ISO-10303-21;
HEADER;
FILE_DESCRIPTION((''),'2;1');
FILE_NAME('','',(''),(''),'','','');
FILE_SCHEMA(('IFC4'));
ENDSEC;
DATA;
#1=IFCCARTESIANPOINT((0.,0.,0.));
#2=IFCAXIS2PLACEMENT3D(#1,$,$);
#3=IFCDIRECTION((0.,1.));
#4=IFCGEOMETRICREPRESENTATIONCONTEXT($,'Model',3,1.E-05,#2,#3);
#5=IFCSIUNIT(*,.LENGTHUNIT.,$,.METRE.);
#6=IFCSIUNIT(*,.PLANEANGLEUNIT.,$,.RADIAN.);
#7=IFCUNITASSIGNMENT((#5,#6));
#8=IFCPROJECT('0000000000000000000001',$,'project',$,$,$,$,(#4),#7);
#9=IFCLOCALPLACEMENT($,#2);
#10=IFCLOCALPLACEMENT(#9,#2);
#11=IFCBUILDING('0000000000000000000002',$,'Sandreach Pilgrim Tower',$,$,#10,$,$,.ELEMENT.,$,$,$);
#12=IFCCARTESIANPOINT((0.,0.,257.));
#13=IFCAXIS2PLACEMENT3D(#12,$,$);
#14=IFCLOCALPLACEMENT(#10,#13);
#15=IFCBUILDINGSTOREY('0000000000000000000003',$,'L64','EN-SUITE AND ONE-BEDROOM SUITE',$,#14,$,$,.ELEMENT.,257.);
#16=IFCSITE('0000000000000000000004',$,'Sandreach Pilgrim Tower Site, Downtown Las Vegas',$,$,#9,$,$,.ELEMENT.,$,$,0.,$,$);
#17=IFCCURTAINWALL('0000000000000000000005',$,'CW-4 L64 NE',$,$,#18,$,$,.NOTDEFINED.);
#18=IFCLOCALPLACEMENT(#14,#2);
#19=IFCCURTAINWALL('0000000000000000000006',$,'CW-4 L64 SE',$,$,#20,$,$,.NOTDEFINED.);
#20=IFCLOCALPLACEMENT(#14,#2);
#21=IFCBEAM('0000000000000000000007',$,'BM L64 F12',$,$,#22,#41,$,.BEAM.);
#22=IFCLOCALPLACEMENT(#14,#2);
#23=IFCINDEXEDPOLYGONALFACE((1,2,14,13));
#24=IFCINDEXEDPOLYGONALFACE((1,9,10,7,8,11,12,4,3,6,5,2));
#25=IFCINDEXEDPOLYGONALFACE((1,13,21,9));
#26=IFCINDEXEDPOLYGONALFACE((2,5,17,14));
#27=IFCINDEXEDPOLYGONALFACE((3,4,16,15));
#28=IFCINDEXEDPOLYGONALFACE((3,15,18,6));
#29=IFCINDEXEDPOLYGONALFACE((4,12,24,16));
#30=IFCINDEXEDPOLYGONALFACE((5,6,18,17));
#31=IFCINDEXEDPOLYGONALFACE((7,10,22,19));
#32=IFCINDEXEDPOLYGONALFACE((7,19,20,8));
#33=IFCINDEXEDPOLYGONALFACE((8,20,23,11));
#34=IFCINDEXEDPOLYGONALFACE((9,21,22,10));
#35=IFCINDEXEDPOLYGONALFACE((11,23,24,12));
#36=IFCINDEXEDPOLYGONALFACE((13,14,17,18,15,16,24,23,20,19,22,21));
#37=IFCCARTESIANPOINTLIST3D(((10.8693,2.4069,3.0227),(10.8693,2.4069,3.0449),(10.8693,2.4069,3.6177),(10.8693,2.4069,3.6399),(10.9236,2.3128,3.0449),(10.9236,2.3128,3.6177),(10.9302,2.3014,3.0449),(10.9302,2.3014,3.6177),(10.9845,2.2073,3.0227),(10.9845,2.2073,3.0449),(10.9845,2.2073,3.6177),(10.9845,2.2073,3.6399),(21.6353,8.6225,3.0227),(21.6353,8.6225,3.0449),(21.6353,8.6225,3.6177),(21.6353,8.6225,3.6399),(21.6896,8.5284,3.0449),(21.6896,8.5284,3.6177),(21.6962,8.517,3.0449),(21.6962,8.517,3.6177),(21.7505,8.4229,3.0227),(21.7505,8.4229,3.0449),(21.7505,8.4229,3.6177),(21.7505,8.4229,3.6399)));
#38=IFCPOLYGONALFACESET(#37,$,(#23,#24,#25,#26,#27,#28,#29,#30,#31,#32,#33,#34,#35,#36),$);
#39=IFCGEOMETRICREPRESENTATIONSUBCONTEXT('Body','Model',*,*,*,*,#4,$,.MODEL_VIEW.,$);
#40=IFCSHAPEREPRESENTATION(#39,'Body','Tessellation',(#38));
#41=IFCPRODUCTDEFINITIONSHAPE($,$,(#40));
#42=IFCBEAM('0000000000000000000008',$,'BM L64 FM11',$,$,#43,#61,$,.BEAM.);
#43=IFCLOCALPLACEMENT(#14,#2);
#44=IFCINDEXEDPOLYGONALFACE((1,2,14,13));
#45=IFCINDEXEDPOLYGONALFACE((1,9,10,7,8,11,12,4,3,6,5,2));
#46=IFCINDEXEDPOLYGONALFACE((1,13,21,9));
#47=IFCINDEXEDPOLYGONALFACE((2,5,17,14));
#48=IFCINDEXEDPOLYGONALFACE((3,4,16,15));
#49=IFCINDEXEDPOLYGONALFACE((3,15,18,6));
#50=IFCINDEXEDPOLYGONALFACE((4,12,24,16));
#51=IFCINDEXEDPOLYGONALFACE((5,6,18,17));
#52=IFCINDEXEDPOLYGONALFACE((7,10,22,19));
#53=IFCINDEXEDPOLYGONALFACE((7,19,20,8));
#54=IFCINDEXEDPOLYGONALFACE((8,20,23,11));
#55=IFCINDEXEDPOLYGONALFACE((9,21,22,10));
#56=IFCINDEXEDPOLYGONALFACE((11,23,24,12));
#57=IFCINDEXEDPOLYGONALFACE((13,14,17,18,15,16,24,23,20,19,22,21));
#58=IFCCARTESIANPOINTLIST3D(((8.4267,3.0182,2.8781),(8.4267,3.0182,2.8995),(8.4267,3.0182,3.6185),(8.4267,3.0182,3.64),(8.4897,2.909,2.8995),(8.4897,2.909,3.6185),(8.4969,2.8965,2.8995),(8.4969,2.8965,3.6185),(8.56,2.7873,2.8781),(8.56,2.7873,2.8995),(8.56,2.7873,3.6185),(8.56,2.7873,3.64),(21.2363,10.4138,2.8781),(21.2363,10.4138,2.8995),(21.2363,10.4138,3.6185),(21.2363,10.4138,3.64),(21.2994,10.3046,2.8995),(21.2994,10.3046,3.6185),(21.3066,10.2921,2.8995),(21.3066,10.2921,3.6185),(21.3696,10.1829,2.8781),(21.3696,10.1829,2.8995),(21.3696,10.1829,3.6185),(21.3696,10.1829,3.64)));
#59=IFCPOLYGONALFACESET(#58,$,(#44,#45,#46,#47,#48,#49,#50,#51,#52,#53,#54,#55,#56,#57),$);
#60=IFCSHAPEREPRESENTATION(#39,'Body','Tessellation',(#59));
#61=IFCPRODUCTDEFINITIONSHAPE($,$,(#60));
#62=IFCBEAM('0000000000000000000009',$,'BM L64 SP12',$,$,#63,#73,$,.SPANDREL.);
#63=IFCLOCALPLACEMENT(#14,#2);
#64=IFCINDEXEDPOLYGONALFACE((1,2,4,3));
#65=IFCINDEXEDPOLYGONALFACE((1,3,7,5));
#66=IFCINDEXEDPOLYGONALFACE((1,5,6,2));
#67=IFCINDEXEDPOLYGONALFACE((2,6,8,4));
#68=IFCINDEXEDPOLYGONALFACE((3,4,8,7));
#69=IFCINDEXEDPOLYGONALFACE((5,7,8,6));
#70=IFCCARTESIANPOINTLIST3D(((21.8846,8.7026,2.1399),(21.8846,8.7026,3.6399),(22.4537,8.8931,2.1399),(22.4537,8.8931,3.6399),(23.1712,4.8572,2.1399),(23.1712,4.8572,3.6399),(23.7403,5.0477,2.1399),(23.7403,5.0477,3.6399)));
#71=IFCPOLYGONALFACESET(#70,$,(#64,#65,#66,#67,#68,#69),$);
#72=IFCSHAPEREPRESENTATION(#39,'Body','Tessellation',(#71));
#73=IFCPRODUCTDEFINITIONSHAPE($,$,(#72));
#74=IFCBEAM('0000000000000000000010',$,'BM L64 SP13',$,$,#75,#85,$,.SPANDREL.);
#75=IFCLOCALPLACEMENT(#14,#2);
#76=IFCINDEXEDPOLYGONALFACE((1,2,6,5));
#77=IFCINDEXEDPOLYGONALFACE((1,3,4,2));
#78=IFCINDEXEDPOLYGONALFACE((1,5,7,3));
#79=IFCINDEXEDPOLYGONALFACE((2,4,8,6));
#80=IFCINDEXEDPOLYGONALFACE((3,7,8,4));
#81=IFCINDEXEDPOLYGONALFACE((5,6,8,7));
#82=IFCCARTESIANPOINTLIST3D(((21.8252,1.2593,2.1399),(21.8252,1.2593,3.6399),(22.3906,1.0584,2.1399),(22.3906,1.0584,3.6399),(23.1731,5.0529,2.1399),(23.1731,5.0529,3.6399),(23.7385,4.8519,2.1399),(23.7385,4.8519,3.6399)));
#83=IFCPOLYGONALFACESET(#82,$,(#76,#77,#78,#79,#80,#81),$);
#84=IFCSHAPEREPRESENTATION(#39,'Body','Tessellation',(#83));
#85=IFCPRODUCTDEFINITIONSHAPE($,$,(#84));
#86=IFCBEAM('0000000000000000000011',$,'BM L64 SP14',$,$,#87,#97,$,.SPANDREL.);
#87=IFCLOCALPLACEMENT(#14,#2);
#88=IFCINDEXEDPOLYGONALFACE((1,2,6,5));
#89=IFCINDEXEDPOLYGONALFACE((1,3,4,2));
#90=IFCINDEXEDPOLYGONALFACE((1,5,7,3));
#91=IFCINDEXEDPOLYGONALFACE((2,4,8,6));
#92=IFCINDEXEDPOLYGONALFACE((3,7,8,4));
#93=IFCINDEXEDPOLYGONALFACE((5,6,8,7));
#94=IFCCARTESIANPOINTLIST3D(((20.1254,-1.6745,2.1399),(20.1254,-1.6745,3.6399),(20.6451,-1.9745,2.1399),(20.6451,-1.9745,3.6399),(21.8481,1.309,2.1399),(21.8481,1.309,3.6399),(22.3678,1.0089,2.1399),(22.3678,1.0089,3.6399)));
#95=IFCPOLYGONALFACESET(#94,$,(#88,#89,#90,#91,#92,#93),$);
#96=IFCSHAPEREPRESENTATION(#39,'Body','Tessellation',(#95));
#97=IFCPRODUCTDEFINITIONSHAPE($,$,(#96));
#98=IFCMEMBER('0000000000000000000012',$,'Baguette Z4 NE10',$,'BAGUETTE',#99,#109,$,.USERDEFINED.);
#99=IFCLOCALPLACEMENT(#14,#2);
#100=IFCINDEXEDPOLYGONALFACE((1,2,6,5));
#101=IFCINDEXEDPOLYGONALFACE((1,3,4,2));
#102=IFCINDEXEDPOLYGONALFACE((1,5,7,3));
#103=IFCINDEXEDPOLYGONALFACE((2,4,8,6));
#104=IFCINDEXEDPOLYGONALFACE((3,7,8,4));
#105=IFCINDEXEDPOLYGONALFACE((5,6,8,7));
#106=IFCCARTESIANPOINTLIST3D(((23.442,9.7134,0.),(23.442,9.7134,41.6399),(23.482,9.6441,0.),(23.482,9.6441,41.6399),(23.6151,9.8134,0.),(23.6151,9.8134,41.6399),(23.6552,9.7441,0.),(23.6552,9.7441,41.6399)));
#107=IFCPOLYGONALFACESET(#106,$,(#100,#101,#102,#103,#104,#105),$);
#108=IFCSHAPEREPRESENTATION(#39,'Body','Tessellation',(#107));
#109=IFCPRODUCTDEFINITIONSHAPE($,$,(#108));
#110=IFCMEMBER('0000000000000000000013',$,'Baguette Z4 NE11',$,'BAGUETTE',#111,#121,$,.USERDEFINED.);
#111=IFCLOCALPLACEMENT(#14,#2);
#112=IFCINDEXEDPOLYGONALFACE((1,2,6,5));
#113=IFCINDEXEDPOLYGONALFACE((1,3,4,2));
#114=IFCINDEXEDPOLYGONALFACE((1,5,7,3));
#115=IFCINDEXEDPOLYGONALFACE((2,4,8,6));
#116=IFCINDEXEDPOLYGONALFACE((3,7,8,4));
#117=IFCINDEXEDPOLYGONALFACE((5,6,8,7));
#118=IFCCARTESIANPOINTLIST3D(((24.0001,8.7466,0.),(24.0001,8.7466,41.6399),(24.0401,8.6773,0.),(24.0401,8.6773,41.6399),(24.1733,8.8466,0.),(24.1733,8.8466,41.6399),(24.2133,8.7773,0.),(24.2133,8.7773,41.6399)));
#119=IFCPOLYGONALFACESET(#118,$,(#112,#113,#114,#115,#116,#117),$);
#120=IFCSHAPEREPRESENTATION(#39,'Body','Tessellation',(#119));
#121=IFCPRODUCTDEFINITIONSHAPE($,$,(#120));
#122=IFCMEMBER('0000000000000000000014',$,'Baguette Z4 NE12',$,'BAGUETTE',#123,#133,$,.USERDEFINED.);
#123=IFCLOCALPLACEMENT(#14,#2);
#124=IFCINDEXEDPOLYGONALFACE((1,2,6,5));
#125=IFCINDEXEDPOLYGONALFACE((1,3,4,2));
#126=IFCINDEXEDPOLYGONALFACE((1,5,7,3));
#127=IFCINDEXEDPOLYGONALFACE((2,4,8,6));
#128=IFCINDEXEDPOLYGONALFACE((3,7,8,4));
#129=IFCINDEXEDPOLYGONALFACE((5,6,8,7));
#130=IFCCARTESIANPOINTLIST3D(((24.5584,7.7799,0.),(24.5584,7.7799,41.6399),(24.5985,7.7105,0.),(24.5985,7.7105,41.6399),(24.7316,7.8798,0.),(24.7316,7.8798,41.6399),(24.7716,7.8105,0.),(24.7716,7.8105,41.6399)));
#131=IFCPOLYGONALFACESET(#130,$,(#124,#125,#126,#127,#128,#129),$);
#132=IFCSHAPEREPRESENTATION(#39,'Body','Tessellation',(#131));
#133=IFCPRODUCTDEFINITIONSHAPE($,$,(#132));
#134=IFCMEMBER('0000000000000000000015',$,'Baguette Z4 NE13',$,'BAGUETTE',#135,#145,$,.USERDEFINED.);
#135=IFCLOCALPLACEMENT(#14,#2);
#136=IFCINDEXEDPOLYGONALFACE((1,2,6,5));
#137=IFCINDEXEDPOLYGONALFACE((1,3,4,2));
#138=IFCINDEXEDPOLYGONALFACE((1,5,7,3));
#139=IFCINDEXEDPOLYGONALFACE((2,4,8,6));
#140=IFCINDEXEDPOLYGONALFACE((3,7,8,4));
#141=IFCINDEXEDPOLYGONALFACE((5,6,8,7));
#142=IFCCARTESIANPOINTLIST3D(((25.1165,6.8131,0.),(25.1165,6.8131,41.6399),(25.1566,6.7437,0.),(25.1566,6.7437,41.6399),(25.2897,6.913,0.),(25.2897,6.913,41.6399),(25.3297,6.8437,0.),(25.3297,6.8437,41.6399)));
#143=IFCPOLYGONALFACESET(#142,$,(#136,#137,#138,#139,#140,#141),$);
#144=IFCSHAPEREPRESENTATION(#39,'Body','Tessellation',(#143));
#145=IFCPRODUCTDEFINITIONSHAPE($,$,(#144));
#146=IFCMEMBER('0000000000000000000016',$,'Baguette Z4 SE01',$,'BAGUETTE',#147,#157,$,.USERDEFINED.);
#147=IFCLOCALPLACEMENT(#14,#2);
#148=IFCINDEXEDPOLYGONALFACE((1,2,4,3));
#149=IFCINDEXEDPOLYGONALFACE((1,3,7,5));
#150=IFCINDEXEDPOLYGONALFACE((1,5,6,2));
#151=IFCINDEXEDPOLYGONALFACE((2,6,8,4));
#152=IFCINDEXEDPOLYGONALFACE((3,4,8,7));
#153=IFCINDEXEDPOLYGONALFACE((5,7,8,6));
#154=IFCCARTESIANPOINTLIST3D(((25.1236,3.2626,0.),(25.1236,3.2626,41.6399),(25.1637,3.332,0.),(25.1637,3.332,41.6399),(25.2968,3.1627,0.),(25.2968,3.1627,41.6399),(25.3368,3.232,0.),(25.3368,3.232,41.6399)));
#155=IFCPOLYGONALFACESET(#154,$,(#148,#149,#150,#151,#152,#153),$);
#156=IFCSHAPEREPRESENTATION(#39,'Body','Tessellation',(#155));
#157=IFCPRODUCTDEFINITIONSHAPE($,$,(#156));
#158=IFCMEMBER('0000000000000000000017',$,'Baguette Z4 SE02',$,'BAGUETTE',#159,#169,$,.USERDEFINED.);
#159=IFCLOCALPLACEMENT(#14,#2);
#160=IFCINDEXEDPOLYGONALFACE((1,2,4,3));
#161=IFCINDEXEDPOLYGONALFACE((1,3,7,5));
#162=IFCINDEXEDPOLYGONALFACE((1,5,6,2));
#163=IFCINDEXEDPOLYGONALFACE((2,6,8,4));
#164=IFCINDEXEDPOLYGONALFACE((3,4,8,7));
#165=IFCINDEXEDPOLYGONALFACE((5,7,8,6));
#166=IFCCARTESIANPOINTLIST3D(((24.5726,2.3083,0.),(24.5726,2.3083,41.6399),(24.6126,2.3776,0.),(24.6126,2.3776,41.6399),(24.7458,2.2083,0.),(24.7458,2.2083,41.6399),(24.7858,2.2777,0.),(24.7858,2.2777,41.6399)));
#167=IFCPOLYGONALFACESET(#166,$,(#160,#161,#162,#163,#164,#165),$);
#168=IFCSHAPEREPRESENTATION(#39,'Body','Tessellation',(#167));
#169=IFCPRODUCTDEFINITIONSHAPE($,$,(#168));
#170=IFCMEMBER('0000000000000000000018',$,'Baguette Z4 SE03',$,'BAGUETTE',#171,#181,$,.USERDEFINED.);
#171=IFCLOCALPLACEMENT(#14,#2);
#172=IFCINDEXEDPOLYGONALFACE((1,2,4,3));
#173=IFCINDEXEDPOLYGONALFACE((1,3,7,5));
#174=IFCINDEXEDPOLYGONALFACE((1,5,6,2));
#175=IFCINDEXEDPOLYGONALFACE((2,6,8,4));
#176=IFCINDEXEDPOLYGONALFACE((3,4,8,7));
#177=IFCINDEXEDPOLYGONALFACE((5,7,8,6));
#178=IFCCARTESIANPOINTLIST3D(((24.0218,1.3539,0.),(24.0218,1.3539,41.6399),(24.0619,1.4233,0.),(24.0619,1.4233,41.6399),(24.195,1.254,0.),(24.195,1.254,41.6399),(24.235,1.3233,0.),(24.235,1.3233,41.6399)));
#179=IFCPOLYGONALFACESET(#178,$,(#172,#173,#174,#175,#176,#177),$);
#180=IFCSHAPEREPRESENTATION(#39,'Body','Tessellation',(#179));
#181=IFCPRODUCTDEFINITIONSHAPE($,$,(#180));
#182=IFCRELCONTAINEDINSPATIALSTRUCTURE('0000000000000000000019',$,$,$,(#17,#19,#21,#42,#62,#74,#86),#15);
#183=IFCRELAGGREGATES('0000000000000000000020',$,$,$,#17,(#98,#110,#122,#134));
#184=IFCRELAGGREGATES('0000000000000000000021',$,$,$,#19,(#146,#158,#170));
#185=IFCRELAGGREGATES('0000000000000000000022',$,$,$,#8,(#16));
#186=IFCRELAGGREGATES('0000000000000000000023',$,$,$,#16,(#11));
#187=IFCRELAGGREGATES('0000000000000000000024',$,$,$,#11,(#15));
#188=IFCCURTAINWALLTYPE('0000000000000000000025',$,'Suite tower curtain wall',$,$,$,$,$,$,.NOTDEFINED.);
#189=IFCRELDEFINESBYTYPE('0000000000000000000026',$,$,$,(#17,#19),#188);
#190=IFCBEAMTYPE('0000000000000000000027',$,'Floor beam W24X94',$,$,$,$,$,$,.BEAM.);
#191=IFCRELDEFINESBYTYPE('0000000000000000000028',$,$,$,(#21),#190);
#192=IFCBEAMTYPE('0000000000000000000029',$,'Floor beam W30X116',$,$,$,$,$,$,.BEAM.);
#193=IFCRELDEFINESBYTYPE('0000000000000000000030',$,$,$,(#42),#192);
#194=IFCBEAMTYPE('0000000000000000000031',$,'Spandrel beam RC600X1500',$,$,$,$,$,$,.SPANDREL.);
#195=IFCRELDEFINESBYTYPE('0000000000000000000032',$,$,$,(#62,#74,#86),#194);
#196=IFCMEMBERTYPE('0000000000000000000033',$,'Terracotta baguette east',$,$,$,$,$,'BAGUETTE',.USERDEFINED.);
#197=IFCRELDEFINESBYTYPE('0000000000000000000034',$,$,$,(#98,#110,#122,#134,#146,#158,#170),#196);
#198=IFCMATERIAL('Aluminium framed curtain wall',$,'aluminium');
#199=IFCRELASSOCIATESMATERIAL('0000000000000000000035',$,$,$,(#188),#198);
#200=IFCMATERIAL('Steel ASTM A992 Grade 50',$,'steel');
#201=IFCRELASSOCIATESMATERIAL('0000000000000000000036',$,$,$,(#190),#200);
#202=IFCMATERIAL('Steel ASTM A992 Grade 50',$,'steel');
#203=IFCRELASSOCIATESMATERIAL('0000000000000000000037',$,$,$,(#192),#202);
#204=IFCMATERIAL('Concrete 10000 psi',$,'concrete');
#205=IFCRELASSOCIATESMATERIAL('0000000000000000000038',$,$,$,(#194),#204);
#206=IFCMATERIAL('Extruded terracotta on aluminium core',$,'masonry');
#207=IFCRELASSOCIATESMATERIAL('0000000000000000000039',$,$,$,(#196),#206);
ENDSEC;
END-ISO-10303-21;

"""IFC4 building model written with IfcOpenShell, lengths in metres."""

from ifc_helpers import new_model, si_unit, direction, frame, origin, origin_2d, place, context, subcontext, project, spatial, rectangle, i_section, extrude, material, material_profile, profile_set, type_object, element, aggregate, save


model = new_model("IFC4")

# Units and contexts
model_context = context("Model", 3, precision=1e-05, world=origin(), true_north=direction((0.0, 1.0)))
body_context = subcontext(model_context, "Body", "Model", "MODEL_VIEW")
ifc_project = project(units=[si_unit("LENGTHUNIT", "METRE"), si_unit("PLANEANGLEUNIT", "RADIAN")], contexts=[model_context])

# Site, building, storey
site_placement = place(None, origin())
site = spatial("IfcSite", under=ifc_project, at=site_placement, Name="Sandreach Pilgrim Tower Site, Downtown Las Vegas", CompositionType="ELEMENT", RefElevation=0.0)
building_placement = place(site_placement, origin())
building = spatial("IfcBuilding", under=site, at=building_placement, Name="Sandreach Pilgrim Tower", CompositionType="ELEMENT")
storey_placement = place(building_placement, frame((0.0, 0.0, 257.0)))
storey = spatial("IfcBuildingStorey", under=building, at=storey_placement, Name="L64", Description="EN-SUITE AND ONE-BEDROOM SUITE", CompositionType="ELEMENT", Elevation=257.0)

# Curtain walls
ifc_material_1 = material(Name="Aluminium framed curtain wall", Category="aluminium")
curtain_wall_type = type_object("IfcCurtainWallType", Name="Suite tower curtain wall", PredefinedType="NOTDEFINED", material=ifc_material_1)
curtain_wall_1_placement = place(storey_placement, origin())
curtain_wall_1 = element("IfcCurtainWall", 1, at=curtain_wall_1_placement, inside=storey, type_object=curtain_wall_type, Name="CW-4 L64 NE", PredefinedType="NOTDEFINED")
curtain_wall_2_placement = place(storey_placement, origin())
curtain_wall_2 = element("IfcCurtainWall", 2, at=curtain_wall_2_placement, inside=storey, type_object=curtain_wall_type, Name="CW-4 L64 SE", PredefinedType="NOTDEFINED")

# Beams
ifc_material_2 = material(Name="Steel ASTM A992 Grade 50", Category="steel")
ifc_material_profile_1 = material_profile(ifc_material_2, i_section(OverallWidth=0.2305, OverallDepth=0.6172, WebThickness=0.0132, FlangeThickness=0.0222, at=origin_2d()), Name="W24X94")
ifc_profile_set_1 = profile_set([ifc_material_profile_1], Name="Steel ASTM A992 Grade 50")
beam_type_1 = type_object("IfcBeamType", Name="Floor beam W24X94", PredefinedType="BEAM", material=ifc_profile_set_1)
beam_1_placement = place(storey_placement, frame((21.6929, 8.5227, 3.3313), z_axis=(-0.866029, -0.499994, 0.0), x_axis=(0.499994, -0.866029, 0.0)))
element("IfcBeam", 3, at=beam_1_placement, inside=storey, type_object=beam_type_1, Name="BM L64 F12", PredefinedType="BEAM", context=body_context, shape_type="SweptSolid", body=[
    extrude(i_section(OverallWidth=0.2305, OverallDepth=0.6172, WebThickness=0.0132, FlangeThickness=0.0222, at=origin_2d()), origin(), (0.0, 0.0, 1.0), 12.4314),
])
ifc_material_3 = material(Name="Steel ASTM A992 Grade 50", Category="steel")
ifc_material_profile_2 = material_profile(ifc_material_3, i_section(OverallWidth=0.2666, OverallDepth=0.762, WebThickness=0.0144, FlangeThickness=0.0215, at=origin_2d()), Name="W30X116")
ifc_profile_set_2 = profile_set([ifc_material_profile_2], Name="Steel ASTM A992 Grade 50")
beam_type_2 = type_object("IfcBeamType", Name="Floor beam W30X116", PredefinedType="BEAM", material=ifc_profile_set_2)
beam_2_placement = place(storey_placement, frame((21.303, 10.2983, 3.259), z_axis=(-0.866028, -0.499995, 0.0), x_axis=(0.499995, -0.866028, 0.0)))
element("IfcBeam", 4, at=beam_2_placement, inside=storey, type_object=beam_type_2, Name="BM L64 FM11", PredefinedType="BEAM", context=body_context, shape_type="SweptSolid", body=[
    extrude(i_section(OverallWidth=0.2666, OverallDepth=0.762, WebThickness=0.0144, FlangeThickness=0.0215, at=origin_2d()), origin(), (0.0, 0.0, 1.0), 14.7913),
])
ifc_material_4 = material(Name="Concrete 10000 psi", Category="concrete")
ifc_material_profile_3 = material_profile(ifc_material_4, rectangle(XDim=0.6001, YDim=1.5, at=origin_2d()), Name="RC600X1500")
ifc_profile_set_3 = profile_set([ifc_material_profile_3], Name="Concrete 10000 psi")
beam_type_3 = type_object("IfcBeamType", Name="Spandrel beam RC600X1500", PredefinedType="SPANDREL", material=ifc_profile_set_3)
beam_3_placement = place(storey_placement, frame((22.1692, 8.7979, 2.8899), z_axis=(0.317293, -0.948327, 0.0), x_axis=(0.948327, 0.317293, 0.0)))
element("IfcBeam", 5, at=beam_3_placement, inside=storey, type_object=beam_type_3, Name="BM L64 SP12", PredefinedType="SPANDREL", context=body_context, shape_type="SweptSolid", body=[
    extrude(rectangle(XDim=0.6001, YDim=1.5, at=origin_2d()), origin(), (0.0, 0.0, 1.0), 4.0549),
])
beam_4_placement = place(storey_placement, frame((23.4558, 4.9524, 2.8899), z_axis=(-0.334815, -0.942284, 0.0), x_axis=(0.942284, -0.334815, 0.0)))
element("IfcBeam", 6, at=beam_4_placement, inside=storey, type_object=beam_type_3, Name="BM L64 SP13", PredefinedType="SPANDREL", context=body_context, shape_type="SweptSolid", body=[
    extrude(rectangle(XDim=0.6001, YDim=1.5, at=origin_2d()), origin(), (0.0, 0.0, 1.0), 4.0259),
])
beam_5_placement = place(storey_placement, frame((22.1079, 1.1589, 2.8899), z_axis=(-0.500041, -0.866001, 0.0), x_axis=(0.866001, -0.500041, 0.0)))
element("IfcBeam", 7, at=beam_5_placement, inside=storey, type_object=beam_type_3, Name="BM L64 SP14", PredefinedType="SPANDREL", context=body_context, shape_type="SweptSolid", body=[
    extrude(rectangle(XDim=0.6001, YDim=1.5, at=origin_2d()), origin(), (0.0, 0.0, 1.0), 3.4451),
])

# Members
ifc_material_5 = material(Name="Extruded terracotta on aluminium core", Category="masonry")
ifc_material_profile_4 = material_profile(ifc_material_5, rectangle(XDim=0.0801, YDim=0.2, at=origin_2d()), Name="TBE 80X200")
ifc_profile_set_4 = profile_set([ifc_material_profile_4], Name="Extruded terracotta on aluminium core")
member_type_1 = type_object("IfcMemberType", Name="Terracotta baguette east", ElementType="BAGUETTE", PredefinedType="USERDEFINED", material=ifc_profile_set_4)
member_1_placement = place(storey_placement, frame((23.5486, 9.7288, 0.0), z_axis=(0.0, 0.0, 1.0), x_axis=(0.5, -0.866025, 0.0)))
member_1 = element("IfcMember", 8, at=member_1_placement, type_object=member_type_1, Name="Baguette Z4 NE10", ObjectType="BAGUETTE", PredefinedType="USERDEFINED", context=body_context, shape_type="SweptSolid", body=[
    extrude(rectangle(XDim=0.0801, YDim=0.2, at=origin_2d()), origin(), (0.0, 0.0, 1.0), 41.6399),
])
member_2_placement = place(storey_placement, frame((24.1067, 8.762, 0.0), z_axis=(0.0, 0.0, 1.0), x_axis=(0.5, -0.866025, 0.0)))
member_2 = element("IfcMember", 9, at=member_2_placement, type_object=member_type_1, Name="Baguette Z4 NE11", ObjectType="BAGUETTE", PredefinedType="USERDEFINED", context=body_context, shape_type="SweptSolid", body=[
    extrude(rectangle(XDim=0.0801, YDim=0.2, at=origin_2d()), origin(), (0.0, 0.0, 1.0), 41.6399),
])
member_3_placement = place(storey_placement, frame((24.665, 7.7952, 0.0), z_axis=(0.0, 0.0, 1.0), x_axis=(0.5, -0.866025, 0.0)))
member_3 = element("IfcMember", 10, at=member_3_placement, type_object=member_type_1, Name="Baguette Z4 NE12", ObjectType="BAGUETTE", PredefinedType="USERDEFINED", context=body_context, shape_type="SweptSolid", body=[
    extrude(rectangle(XDim=0.0801, YDim=0.2, at=origin_2d()), origin(), (0.0, 0.0, 1.0), 41.6399),
])
member_4_placement = place(storey_placement, frame((25.2231, 6.8284, 0.0), z_axis=(0.0, 0.0, 1.0), x_axis=(0.5, -0.866025, 0.0)))
member_4 = element("IfcMember", 11, at=member_4_placement, type_object=member_type_1, Name="Baguette Z4 NE13", ObjectType="BAGUETTE", PredefinedType="USERDEFINED", context=body_context, shape_type="SweptSolid", body=[
    extrude(rectangle(XDim=0.0801, YDim=0.2, at=origin_2d()), origin(), (0.0, 0.0, 1.0), 41.6399),
])
member_5_placement = place(storey_placement, frame((25.2302, 3.2473, 0.0), z_axis=(0.0, 0.0, 1.0), x_axis=(-0.5, -0.866025, 0.0)))
member_5 = element("IfcMember", 12, at=member_5_placement, type_object=member_type_1, Name="Baguette Z4 SE01", ObjectType="BAGUETTE", PredefinedType="USERDEFINED", context=body_context, shape_type="SweptSolid", body=[
    extrude(rectangle(XDim=0.0801, YDim=0.2, at=origin_2d()), origin(), (0.0, 0.0, 1.0), 41.6399),
])
member_6_placement = place(storey_placement, frame((24.6792, 2.293, 0.0), z_axis=(0.0, 0.0, 1.0), x_axis=(-0.5, -0.866025, 0.0)))
member_6 = element("IfcMember", 13, at=member_6_placement, type_object=member_type_1, Name="Baguette Z4 SE02", ObjectType="BAGUETTE", PredefinedType="USERDEFINED", context=body_context, shape_type="SweptSolid", body=[
    extrude(rectangle(XDim=0.0801, YDim=0.2, at=origin_2d()), origin(), (0.0, 0.0, 1.0), 41.6399),
])
member_7_placement = place(storey_placement, frame((24.1284, 1.3386, 0.0), z_axis=(0.0, 0.0, 1.0), x_axis=(-0.5, -0.866025, 0.0)))
member_7 = element("IfcMember", 14, at=member_7_placement, type_object=member_type_1, Name="Baguette Z4 SE03", ObjectType="BAGUETTE", PredefinedType="USERDEFINED", context=body_context, shape_type="SweptSolid", body=[
    extrude(rectangle(XDim=0.0801, YDim=0.2, at=origin_2d()), origin(), (0.0, 0.0, 1.0), 41.6399),
])

aggregate(curtain_wall_1, [member_1, member_2, member_3, member_4])
aggregate(curtain_wall_2, [member_5, member_6, member_7])

save(model, "model.ifc")
